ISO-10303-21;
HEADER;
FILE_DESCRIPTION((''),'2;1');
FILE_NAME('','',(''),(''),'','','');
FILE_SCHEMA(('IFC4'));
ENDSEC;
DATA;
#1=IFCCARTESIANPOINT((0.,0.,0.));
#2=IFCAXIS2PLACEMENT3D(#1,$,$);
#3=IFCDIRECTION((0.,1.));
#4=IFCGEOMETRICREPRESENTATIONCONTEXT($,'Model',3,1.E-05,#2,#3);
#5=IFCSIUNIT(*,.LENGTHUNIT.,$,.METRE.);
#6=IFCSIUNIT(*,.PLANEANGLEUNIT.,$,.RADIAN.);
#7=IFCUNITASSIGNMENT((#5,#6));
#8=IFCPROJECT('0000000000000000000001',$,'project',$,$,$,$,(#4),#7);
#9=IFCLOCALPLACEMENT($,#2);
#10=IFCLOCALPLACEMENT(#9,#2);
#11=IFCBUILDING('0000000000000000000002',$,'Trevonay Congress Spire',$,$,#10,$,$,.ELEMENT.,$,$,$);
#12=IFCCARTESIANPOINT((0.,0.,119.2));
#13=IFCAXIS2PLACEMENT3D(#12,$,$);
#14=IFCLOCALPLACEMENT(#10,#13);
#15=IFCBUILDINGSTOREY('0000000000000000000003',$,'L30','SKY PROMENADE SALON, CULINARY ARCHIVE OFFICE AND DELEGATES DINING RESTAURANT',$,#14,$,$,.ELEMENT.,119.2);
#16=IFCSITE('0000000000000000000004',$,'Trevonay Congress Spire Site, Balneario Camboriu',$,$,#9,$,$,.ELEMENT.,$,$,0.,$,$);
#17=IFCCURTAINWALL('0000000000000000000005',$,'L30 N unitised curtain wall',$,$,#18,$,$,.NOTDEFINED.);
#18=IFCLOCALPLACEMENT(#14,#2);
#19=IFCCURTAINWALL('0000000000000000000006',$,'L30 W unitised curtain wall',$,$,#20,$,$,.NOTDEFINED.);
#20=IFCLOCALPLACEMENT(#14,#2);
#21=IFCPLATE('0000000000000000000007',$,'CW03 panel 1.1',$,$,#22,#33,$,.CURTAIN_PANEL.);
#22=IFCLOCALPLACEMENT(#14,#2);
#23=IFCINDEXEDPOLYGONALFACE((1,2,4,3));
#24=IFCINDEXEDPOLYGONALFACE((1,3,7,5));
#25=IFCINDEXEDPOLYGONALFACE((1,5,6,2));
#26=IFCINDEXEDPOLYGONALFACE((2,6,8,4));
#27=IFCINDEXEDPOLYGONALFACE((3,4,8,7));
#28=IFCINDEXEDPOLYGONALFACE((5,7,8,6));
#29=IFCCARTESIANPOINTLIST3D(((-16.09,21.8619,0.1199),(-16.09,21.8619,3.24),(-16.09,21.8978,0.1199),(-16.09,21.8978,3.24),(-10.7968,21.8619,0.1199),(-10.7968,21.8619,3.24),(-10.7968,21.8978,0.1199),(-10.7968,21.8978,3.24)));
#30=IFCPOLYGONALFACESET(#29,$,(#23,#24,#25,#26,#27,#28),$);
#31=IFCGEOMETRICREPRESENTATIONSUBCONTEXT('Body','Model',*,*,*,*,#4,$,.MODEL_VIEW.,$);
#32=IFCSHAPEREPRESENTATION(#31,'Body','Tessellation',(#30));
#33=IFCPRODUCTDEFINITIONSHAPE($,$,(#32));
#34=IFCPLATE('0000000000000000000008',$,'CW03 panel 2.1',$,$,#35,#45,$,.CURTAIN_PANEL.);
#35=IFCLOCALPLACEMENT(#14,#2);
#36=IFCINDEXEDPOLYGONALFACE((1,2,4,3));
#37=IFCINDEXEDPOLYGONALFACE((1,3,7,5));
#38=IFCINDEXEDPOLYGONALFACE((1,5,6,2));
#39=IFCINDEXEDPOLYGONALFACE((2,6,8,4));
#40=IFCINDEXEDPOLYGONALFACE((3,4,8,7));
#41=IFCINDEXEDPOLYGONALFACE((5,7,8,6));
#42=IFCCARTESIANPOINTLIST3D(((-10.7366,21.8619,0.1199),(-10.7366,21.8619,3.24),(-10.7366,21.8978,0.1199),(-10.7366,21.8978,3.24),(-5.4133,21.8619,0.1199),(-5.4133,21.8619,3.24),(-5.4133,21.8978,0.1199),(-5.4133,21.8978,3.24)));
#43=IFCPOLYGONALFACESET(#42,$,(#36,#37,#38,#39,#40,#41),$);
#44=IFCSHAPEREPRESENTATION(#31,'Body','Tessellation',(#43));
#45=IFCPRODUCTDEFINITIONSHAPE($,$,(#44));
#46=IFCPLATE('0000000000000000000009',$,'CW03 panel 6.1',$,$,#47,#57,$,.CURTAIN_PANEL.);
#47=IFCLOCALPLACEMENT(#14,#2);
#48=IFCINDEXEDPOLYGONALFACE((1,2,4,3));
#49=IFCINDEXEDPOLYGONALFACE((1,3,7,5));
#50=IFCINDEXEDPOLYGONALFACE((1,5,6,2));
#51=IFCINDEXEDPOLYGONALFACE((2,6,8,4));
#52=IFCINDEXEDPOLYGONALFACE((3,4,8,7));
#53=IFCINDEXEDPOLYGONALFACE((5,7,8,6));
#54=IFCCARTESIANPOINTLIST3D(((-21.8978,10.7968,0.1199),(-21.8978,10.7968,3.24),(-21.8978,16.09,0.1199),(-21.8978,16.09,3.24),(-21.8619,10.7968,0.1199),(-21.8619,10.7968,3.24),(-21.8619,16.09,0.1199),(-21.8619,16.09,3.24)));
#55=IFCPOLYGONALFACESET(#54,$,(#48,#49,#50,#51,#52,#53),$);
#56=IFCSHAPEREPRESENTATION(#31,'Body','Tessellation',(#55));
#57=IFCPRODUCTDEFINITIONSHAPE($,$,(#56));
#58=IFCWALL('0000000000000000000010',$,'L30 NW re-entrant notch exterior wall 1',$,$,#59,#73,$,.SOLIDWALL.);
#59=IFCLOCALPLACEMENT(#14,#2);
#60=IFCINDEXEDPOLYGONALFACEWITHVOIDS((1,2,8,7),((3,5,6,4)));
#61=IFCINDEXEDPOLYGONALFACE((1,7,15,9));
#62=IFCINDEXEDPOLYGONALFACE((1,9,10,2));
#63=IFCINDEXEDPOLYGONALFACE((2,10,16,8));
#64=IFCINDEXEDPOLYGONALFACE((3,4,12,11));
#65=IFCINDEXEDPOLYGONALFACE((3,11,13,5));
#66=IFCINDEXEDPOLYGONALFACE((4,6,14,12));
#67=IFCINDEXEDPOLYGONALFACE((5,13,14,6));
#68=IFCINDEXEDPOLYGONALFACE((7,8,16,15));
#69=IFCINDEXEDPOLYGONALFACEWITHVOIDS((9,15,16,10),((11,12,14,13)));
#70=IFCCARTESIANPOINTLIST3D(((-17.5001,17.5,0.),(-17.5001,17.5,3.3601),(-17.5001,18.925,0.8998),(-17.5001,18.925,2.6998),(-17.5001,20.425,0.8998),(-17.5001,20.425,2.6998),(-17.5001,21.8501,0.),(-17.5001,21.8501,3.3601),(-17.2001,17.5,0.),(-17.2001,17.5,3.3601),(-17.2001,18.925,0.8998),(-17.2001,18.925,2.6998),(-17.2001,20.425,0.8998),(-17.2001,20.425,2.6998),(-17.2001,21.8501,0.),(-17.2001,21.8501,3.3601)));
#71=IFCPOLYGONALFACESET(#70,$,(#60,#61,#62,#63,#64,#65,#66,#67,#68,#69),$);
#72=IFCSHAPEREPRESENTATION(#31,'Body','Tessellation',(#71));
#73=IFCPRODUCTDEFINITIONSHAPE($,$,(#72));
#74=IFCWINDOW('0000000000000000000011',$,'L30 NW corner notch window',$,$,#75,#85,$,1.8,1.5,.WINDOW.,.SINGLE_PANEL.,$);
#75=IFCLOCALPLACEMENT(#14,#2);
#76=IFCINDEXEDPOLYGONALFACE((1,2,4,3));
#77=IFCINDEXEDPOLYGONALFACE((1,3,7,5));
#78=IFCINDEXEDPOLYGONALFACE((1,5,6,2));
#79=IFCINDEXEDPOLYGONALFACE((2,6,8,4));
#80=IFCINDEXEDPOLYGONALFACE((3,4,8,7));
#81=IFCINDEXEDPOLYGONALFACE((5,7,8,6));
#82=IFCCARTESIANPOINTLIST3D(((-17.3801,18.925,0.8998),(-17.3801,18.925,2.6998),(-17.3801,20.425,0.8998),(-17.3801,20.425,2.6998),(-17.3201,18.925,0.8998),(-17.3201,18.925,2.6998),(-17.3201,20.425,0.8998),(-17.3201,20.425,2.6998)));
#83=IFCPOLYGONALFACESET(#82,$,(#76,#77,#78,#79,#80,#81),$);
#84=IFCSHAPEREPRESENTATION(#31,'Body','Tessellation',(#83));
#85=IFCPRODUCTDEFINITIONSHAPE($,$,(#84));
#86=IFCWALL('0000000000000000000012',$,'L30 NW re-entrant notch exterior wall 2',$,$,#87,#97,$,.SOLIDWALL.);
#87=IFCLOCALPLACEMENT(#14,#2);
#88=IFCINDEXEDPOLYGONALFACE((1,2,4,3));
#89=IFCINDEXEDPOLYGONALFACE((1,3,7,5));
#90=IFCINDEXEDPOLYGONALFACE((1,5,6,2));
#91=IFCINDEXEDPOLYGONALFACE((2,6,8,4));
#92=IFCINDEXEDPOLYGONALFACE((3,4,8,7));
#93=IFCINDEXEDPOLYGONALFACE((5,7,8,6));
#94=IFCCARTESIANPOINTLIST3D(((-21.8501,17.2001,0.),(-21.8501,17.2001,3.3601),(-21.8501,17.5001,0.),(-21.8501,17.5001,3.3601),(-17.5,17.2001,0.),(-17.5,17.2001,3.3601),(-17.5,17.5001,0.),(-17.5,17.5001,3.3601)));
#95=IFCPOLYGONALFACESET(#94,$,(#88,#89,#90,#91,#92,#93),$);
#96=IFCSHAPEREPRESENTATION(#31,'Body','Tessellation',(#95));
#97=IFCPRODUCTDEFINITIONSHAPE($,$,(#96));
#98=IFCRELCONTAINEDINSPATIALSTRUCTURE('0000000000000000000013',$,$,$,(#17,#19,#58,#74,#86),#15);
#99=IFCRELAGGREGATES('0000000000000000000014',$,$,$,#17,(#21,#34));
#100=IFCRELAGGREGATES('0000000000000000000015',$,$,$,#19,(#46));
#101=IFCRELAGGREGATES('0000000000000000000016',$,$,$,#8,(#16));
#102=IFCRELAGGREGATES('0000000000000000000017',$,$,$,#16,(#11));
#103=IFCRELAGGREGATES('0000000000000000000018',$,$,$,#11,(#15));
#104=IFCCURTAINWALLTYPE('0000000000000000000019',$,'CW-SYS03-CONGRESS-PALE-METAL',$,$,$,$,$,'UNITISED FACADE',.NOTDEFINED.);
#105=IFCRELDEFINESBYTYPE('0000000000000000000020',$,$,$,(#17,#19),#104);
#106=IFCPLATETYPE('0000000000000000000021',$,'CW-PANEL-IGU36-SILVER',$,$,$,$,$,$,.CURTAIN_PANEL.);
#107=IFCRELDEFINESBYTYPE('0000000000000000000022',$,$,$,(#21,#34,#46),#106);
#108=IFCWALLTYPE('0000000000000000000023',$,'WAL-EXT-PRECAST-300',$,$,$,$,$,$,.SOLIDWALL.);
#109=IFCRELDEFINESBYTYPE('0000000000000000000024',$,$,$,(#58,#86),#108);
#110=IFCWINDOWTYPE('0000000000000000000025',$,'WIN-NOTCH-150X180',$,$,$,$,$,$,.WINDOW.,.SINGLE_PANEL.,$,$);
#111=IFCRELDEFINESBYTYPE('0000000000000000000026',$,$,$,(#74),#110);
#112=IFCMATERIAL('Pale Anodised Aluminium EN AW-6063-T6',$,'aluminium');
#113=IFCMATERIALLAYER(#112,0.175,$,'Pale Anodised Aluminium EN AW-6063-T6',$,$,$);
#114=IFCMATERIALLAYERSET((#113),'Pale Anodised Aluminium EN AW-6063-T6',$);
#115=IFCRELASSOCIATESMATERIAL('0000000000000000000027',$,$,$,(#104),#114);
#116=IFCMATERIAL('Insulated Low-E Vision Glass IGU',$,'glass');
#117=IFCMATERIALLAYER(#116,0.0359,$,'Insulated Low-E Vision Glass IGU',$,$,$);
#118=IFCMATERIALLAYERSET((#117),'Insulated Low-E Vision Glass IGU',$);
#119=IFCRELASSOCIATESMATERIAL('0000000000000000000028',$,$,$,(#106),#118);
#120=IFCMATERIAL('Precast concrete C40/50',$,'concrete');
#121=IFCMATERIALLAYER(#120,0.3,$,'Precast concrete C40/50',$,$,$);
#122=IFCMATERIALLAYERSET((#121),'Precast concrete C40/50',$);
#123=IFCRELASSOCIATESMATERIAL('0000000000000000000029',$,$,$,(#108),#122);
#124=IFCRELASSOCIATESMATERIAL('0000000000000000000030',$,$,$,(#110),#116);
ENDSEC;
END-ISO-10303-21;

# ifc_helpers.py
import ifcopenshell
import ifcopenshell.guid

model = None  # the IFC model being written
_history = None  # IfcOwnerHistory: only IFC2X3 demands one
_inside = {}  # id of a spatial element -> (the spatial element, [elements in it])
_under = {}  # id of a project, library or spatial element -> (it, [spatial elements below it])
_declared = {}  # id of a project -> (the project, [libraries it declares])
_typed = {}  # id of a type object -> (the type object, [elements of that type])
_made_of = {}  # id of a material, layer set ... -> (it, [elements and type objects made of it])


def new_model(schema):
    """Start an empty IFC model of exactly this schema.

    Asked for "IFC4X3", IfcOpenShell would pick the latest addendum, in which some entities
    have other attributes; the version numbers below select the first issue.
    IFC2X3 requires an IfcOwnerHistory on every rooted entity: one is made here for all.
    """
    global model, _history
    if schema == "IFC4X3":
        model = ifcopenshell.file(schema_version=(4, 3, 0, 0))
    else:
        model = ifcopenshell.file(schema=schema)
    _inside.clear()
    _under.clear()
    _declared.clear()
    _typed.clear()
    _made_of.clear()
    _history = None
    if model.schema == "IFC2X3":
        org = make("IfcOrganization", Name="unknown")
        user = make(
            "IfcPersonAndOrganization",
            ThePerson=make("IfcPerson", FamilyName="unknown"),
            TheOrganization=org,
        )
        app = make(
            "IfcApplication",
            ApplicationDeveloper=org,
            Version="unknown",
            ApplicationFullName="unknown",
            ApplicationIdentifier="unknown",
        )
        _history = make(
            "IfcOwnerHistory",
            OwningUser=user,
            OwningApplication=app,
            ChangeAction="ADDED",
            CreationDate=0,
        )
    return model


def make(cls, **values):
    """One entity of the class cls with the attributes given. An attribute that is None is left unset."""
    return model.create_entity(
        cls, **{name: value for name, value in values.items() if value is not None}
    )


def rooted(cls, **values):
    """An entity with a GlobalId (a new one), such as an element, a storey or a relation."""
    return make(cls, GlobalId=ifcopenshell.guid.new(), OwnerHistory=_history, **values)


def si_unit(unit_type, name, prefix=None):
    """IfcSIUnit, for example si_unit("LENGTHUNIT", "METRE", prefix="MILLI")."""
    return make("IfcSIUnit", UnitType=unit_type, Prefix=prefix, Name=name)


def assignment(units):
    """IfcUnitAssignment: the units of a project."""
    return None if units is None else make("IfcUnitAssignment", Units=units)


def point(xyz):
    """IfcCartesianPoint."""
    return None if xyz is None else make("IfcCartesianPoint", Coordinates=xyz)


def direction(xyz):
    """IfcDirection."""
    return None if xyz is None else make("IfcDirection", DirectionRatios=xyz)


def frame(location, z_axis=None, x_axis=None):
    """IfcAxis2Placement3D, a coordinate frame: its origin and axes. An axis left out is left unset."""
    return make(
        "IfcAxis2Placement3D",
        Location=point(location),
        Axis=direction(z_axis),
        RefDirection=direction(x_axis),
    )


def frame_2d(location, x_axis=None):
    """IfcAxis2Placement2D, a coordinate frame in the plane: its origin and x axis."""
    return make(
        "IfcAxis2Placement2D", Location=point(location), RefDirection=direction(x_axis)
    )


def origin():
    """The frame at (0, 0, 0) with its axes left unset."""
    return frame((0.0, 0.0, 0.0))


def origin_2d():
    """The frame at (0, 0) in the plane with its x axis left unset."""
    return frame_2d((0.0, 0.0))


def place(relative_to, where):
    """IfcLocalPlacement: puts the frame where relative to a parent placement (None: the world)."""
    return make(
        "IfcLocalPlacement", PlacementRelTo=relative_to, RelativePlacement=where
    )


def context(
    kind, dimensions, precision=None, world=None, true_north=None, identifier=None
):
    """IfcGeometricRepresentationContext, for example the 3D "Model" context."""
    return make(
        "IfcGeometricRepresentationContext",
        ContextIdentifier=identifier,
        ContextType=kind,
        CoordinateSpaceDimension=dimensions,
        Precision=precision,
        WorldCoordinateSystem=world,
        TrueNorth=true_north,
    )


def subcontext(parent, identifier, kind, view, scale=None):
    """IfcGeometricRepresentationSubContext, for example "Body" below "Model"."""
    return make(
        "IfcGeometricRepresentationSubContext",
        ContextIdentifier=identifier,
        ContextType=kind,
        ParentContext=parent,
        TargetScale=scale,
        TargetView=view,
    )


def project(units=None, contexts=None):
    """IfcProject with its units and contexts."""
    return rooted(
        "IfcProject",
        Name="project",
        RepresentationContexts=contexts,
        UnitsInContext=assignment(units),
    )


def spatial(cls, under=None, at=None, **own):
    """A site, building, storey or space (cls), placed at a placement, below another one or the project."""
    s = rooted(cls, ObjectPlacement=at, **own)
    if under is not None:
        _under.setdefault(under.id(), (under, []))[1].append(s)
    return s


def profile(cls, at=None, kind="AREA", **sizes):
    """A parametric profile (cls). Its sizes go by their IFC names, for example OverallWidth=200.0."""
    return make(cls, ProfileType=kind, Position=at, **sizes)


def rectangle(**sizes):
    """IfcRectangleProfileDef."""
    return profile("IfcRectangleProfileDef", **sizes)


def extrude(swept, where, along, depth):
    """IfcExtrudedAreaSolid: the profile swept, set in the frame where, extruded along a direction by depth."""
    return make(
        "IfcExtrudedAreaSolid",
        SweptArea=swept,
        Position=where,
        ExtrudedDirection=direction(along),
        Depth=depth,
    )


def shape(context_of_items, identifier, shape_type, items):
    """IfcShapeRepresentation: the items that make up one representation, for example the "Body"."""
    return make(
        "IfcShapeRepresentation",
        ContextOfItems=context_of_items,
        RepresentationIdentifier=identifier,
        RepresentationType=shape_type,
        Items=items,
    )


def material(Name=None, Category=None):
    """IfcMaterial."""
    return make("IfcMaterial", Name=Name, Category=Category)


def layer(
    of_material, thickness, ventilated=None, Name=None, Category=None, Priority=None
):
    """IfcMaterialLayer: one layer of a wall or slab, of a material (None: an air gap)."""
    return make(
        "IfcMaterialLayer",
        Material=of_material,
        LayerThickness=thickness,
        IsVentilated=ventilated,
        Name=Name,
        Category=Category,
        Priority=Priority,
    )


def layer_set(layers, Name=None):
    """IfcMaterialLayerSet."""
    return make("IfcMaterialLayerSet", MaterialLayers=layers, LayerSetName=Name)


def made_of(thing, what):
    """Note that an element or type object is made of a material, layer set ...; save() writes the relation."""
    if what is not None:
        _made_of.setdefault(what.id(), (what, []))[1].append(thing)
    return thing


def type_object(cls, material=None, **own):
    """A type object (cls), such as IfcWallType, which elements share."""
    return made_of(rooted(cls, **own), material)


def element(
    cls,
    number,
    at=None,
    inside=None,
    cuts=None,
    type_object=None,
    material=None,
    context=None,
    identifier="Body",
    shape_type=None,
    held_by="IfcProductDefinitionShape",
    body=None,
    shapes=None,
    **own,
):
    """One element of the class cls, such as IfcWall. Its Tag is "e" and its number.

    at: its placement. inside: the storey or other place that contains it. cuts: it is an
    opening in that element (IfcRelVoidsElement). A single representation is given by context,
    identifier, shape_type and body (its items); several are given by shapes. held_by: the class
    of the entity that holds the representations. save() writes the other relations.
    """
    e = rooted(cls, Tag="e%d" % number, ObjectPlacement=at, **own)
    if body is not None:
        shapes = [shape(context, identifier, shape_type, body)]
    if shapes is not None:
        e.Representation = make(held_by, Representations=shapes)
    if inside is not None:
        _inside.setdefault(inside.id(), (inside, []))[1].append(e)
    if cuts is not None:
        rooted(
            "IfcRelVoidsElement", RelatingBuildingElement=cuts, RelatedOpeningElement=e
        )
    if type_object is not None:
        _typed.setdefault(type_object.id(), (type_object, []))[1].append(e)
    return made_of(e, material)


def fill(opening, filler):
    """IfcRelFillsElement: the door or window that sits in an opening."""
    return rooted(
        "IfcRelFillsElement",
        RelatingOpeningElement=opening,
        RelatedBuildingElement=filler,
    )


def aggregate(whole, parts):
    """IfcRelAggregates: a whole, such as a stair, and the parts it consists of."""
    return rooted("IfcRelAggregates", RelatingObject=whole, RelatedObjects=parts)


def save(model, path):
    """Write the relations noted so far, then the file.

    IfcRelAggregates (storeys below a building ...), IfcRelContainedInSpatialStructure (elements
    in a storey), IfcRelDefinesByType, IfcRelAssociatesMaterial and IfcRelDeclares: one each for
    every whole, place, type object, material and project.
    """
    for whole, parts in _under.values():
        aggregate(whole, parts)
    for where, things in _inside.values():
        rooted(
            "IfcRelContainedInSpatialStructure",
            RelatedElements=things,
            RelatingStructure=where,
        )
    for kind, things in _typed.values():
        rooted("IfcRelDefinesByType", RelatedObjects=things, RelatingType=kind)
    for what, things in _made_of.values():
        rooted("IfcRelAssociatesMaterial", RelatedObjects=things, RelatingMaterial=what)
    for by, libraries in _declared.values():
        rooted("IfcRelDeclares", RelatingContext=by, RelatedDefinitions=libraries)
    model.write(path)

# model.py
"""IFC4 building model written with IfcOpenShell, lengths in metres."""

from ifc_helpers import new_model, si_unit, direction, frame, frame_2d, origin, origin_2d, place, context, subcontext, project, spatial, rectangle, extrude, material, layer, layer_set, type_object, element, fill, aggregate, save


model = new_model("IFC4")

# Units and contexts
model_context = context("Model", 3, precision=1e-05, world=origin(), true_north=direction((0.0, 1.0)))
body_context = subcontext(model_context, "Body", "Model", "MODEL_VIEW")
ifc_project = project(units=[si_unit("LENGTHUNIT", "METRE"), si_unit("PLANEANGLEUNIT", "RADIAN")], contexts=[model_context])

# Site, building, storey
site_placement = place(None, origin())
site = spatial("IfcSite", under=ifc_project, at=site_placement, Name="Trevonay Congress Spire Site, Balneario Camboriu", CompositionType="ELEMENT", RefElevation=0.0)
building_placement = place(site_placement, origin())
building = spatial("IfcBuilding", under=site, at=building_placement, Name="Trevonay Congress Spire", CompositionType="ELEMENT")
storey_placement = place(building_placement, frame((0.0, 0.0, 119.2)))
storey = spatial("IfcBuildingStorey", under=building, at=storey_placement, Name="L30", Description="SKY PROMENADE SALON, CULINARY ARCHIVE OFFICE AND DELEGATES DINING RESTAURANT", CompositionType="ELEMENT", Elevation=119.2)

# Curtain wall
ifc_material_1 = material(Name="Pale Anodised Aluminium EN AW-6063-T6", Category="aluminium")
ifc_layer_1 = layer(ifc_material_1, 0.175, Name="Pale Anodised Aluminium EN AW-6063-T6")
ifc_layer_set_1 = layer_set([ifc_layer_1], Name="Pale Anodised Aluminium EN AW-6063-T6")
curtain_wall_type = type_object("IfcCurtainWallType", Name="CW-SYS03-CONGRESS-PALE-METAL", ElementType="UNITISED FACADE", PredefinedType="NOTDEFINED", material=ifc_layer_set_1)
curtain_wall_1_placement = place(storey_placement, origin())
curtain_wall_1 = element("IfcCurtainWall", 1, at=curtain_wall_1_placement, inside=storey, type_object=curtain_wall_type, Name="L30 N unitised curtain wall", PredefinedType="NOTDEFINED")

# Curtain wall
curtain_wall_2_placement = place(storey_placement, origin())
curtain_wall_2 = element("IfcCurtainWall", 2, at=curtain_wall_2_placement, inside=storey, type_object=curtain_wall_type, Name="L30 W unitised curtain wall", PredefinedType="NOTDEFINED")

# Plates
ifc_material_2 = material(Name="Insulated Low-E Vision Glass IGU", Category="glass")
ifc_layer_2 = layer(ifc_material_2, 0.0359, Name="Insulated Low-E Vision Glass IGU")
ifc_layer_set_2 = layer_set([ifc_layer_2], Name="Insulated Low-E Vision Glass IGU")
plate_type = type_object("IfcPlateType", Name="CW-PANEL-IGU36-SILVER", PredefinedType="CURTAIN_PANEL", material=ifc_layer_set_2)
plate_1_placement = place(storey_placement, frame((-13.4434, 21.8799, 0.1199), z_axis=(0.0, 0.0, 1.0), x_axis=(1.0, 0.0, 0.0)))
plate_1 = element("IfcPlate", 3, at=plate_1_placement, type_object=plate_type, Name="CW03 panel 1.1", PredefinedType="CURTAIN_PANEL", context=body_context, shape_type="SweptSolid", body=[
    extrude(rectangle(XDim=5.2932, YDim=0.0359, at=origin_2d()), origin(), (0.0, 0.0, 1.0), 3.1201),
])
plate_2_placement = place(storey_placement, frame((-8.075, 21.8799, 0.1199), z_axis=(0.0, 0.0, 1.0), x_axis=(1.0, 0.0, 0.0)))
plate_2 = element("IfcPlate", 4, at=plate_2_placement, type_object=plate_type, Name="CW03 panel 2.1", PredefinedType="CURTAIN_PANEL", context=body_context, shape_type="SweptSolid", body=[
    extrude(rectangle(XDim=5.3232, YDim=0.0359, at=origin_2d()), origin(), (0.0, 0.0, 1.0), 3.1201),
])
aggregate(curtain_wall_1, [plate_1, plate_2])
plate_3_placement = place(storey_placement, frame((-21.8799, 13.4434, 0.1199), z_axis=(0.0, 0.0, 1.0), x_axis=(0.0, 1.0, 0.0)))
plate_3 = element("IfcPlate", 5, at=plate_3_placement, type_object=plate_type, Name="CW03 panel 6.1", PredefinedType="CURTAIN_PANEL", context=body_context, shape_type="SweptSolid", body=[
    extrude(rectangle(XDim=5.2932, YDim=0.0359, at=origin_2d()), origin(), (0.0, 0.0, 1.0), 3.1201),
])
aggregate(curtain_wall_2, [plate_3])

# Wall, opening, window
ifc_material_3 = material(Name="Precast concrete C40/50", Category="concrete")
ifc_layer_3 = layer(ifc_material_3, 0.3, Name="Precast concrete C40/50")
ifc_layer_set_3 = layer_set([ifc_layer_3], Name="Precast concrete C40/50")
wall_type = type_object("IfcWallType", Name="WAL-EXT-PRECAST-300", PredefinedType="SOLIDWALL", material=ifc_layer_set_3)
wall_1_placement = place(storey_placement, frame((-17.3501, 21.8501, 0.0), z_axis=(0.0, 0.0, 1.0), x_axis=(0.0, -1.0, 0.0)))
wall_1 = element("IfcWall", 6, at=wall_1_placement, inside=storey, type_object=wall_type, Name="L30 NW re-entrant notch exterior wall 1", PredefinedType="SOLIDWALL", context=body_context, shape_type="SweptSolid", body=[
    extrude(rectangle(XDim=4.3501, YDim=0.3, at=frame_2d((2.175, 0.0))), origin(), (0.0, 0.0, 1.0), 3.3601),
])
opening_placement = place(wall_1_placement, frame((1.425, 0.0, 0.8999)))
opening = element("IfcOpeningElement", 7, at=opening_placement, cuts=wall_1, PredefinedType="OPENING", context=body_context, shape_type="SweptSolid", body=[
    extrude(rectangle(XDim=1.5, YDim=1.8, at=frame_2d((0.75, 0.8999))), frame((0.0, 0.1602, 0.0), z_axis=(0.0, -1.0, 0.0), x_axis=(1.0, 0.0, 0.0)), (0.0, 0.0, 1.0), 0.3201),
])
window_type = type_object("IfcWindowType", Name="WIN-NOTCH-150X180", PartitioningType="SINGLE_PANEL", PredefinedType="WINDOW", material=ifc_material_2)
window_placement = place(opening_placement, origin())
window = element("IfcWindow", 8, at=window_placement, inside=storey, type_object=window_type, Name="L30 NW corner notch window", OverallHeight=1.8, OverallWidth=1.5, PartitioningType="SINGLE_PANEL", PredefinedType="WINDOW", context=body_context, shape_type="SweptSolid", body=[
    extrude(rectangle(XDim=1.5, YDim=1.8, at=frame_2d((0.75, 0.8999))), frame((0.0, 0.03, 0.0), z_axis=(0.0, -1.0, 0.0), x_axis=(1.0, 0.0, 0.0)), (0.0, 0.0, 1.0), 0.0601),
])
fill(opening, window)

# Wall
wall_2_placement = place(storey_placement, frame((-21.8501, 17.3501, 0.0), z_axis=(0.0, 0.0, 1.0), x_axis=(1.0, 0.0, 0.0)))
element("IfcWall", 9, at=wall_2_placement, inside=storey, type_object=wall_type, Name="L30 NW re-entrant notch exterior wall 2", PredefinedType="SOLIDWALL", context=body_context, shape_type="SweptSolid", body=[
    extrude(rectangle(XDim=4.3501, YDim=0.3, at=frame_2d((2.175, 0.0))), origin(), (0.0, 0.0, 1.0), 3.3601),
])

save(model, "model.ifc")
